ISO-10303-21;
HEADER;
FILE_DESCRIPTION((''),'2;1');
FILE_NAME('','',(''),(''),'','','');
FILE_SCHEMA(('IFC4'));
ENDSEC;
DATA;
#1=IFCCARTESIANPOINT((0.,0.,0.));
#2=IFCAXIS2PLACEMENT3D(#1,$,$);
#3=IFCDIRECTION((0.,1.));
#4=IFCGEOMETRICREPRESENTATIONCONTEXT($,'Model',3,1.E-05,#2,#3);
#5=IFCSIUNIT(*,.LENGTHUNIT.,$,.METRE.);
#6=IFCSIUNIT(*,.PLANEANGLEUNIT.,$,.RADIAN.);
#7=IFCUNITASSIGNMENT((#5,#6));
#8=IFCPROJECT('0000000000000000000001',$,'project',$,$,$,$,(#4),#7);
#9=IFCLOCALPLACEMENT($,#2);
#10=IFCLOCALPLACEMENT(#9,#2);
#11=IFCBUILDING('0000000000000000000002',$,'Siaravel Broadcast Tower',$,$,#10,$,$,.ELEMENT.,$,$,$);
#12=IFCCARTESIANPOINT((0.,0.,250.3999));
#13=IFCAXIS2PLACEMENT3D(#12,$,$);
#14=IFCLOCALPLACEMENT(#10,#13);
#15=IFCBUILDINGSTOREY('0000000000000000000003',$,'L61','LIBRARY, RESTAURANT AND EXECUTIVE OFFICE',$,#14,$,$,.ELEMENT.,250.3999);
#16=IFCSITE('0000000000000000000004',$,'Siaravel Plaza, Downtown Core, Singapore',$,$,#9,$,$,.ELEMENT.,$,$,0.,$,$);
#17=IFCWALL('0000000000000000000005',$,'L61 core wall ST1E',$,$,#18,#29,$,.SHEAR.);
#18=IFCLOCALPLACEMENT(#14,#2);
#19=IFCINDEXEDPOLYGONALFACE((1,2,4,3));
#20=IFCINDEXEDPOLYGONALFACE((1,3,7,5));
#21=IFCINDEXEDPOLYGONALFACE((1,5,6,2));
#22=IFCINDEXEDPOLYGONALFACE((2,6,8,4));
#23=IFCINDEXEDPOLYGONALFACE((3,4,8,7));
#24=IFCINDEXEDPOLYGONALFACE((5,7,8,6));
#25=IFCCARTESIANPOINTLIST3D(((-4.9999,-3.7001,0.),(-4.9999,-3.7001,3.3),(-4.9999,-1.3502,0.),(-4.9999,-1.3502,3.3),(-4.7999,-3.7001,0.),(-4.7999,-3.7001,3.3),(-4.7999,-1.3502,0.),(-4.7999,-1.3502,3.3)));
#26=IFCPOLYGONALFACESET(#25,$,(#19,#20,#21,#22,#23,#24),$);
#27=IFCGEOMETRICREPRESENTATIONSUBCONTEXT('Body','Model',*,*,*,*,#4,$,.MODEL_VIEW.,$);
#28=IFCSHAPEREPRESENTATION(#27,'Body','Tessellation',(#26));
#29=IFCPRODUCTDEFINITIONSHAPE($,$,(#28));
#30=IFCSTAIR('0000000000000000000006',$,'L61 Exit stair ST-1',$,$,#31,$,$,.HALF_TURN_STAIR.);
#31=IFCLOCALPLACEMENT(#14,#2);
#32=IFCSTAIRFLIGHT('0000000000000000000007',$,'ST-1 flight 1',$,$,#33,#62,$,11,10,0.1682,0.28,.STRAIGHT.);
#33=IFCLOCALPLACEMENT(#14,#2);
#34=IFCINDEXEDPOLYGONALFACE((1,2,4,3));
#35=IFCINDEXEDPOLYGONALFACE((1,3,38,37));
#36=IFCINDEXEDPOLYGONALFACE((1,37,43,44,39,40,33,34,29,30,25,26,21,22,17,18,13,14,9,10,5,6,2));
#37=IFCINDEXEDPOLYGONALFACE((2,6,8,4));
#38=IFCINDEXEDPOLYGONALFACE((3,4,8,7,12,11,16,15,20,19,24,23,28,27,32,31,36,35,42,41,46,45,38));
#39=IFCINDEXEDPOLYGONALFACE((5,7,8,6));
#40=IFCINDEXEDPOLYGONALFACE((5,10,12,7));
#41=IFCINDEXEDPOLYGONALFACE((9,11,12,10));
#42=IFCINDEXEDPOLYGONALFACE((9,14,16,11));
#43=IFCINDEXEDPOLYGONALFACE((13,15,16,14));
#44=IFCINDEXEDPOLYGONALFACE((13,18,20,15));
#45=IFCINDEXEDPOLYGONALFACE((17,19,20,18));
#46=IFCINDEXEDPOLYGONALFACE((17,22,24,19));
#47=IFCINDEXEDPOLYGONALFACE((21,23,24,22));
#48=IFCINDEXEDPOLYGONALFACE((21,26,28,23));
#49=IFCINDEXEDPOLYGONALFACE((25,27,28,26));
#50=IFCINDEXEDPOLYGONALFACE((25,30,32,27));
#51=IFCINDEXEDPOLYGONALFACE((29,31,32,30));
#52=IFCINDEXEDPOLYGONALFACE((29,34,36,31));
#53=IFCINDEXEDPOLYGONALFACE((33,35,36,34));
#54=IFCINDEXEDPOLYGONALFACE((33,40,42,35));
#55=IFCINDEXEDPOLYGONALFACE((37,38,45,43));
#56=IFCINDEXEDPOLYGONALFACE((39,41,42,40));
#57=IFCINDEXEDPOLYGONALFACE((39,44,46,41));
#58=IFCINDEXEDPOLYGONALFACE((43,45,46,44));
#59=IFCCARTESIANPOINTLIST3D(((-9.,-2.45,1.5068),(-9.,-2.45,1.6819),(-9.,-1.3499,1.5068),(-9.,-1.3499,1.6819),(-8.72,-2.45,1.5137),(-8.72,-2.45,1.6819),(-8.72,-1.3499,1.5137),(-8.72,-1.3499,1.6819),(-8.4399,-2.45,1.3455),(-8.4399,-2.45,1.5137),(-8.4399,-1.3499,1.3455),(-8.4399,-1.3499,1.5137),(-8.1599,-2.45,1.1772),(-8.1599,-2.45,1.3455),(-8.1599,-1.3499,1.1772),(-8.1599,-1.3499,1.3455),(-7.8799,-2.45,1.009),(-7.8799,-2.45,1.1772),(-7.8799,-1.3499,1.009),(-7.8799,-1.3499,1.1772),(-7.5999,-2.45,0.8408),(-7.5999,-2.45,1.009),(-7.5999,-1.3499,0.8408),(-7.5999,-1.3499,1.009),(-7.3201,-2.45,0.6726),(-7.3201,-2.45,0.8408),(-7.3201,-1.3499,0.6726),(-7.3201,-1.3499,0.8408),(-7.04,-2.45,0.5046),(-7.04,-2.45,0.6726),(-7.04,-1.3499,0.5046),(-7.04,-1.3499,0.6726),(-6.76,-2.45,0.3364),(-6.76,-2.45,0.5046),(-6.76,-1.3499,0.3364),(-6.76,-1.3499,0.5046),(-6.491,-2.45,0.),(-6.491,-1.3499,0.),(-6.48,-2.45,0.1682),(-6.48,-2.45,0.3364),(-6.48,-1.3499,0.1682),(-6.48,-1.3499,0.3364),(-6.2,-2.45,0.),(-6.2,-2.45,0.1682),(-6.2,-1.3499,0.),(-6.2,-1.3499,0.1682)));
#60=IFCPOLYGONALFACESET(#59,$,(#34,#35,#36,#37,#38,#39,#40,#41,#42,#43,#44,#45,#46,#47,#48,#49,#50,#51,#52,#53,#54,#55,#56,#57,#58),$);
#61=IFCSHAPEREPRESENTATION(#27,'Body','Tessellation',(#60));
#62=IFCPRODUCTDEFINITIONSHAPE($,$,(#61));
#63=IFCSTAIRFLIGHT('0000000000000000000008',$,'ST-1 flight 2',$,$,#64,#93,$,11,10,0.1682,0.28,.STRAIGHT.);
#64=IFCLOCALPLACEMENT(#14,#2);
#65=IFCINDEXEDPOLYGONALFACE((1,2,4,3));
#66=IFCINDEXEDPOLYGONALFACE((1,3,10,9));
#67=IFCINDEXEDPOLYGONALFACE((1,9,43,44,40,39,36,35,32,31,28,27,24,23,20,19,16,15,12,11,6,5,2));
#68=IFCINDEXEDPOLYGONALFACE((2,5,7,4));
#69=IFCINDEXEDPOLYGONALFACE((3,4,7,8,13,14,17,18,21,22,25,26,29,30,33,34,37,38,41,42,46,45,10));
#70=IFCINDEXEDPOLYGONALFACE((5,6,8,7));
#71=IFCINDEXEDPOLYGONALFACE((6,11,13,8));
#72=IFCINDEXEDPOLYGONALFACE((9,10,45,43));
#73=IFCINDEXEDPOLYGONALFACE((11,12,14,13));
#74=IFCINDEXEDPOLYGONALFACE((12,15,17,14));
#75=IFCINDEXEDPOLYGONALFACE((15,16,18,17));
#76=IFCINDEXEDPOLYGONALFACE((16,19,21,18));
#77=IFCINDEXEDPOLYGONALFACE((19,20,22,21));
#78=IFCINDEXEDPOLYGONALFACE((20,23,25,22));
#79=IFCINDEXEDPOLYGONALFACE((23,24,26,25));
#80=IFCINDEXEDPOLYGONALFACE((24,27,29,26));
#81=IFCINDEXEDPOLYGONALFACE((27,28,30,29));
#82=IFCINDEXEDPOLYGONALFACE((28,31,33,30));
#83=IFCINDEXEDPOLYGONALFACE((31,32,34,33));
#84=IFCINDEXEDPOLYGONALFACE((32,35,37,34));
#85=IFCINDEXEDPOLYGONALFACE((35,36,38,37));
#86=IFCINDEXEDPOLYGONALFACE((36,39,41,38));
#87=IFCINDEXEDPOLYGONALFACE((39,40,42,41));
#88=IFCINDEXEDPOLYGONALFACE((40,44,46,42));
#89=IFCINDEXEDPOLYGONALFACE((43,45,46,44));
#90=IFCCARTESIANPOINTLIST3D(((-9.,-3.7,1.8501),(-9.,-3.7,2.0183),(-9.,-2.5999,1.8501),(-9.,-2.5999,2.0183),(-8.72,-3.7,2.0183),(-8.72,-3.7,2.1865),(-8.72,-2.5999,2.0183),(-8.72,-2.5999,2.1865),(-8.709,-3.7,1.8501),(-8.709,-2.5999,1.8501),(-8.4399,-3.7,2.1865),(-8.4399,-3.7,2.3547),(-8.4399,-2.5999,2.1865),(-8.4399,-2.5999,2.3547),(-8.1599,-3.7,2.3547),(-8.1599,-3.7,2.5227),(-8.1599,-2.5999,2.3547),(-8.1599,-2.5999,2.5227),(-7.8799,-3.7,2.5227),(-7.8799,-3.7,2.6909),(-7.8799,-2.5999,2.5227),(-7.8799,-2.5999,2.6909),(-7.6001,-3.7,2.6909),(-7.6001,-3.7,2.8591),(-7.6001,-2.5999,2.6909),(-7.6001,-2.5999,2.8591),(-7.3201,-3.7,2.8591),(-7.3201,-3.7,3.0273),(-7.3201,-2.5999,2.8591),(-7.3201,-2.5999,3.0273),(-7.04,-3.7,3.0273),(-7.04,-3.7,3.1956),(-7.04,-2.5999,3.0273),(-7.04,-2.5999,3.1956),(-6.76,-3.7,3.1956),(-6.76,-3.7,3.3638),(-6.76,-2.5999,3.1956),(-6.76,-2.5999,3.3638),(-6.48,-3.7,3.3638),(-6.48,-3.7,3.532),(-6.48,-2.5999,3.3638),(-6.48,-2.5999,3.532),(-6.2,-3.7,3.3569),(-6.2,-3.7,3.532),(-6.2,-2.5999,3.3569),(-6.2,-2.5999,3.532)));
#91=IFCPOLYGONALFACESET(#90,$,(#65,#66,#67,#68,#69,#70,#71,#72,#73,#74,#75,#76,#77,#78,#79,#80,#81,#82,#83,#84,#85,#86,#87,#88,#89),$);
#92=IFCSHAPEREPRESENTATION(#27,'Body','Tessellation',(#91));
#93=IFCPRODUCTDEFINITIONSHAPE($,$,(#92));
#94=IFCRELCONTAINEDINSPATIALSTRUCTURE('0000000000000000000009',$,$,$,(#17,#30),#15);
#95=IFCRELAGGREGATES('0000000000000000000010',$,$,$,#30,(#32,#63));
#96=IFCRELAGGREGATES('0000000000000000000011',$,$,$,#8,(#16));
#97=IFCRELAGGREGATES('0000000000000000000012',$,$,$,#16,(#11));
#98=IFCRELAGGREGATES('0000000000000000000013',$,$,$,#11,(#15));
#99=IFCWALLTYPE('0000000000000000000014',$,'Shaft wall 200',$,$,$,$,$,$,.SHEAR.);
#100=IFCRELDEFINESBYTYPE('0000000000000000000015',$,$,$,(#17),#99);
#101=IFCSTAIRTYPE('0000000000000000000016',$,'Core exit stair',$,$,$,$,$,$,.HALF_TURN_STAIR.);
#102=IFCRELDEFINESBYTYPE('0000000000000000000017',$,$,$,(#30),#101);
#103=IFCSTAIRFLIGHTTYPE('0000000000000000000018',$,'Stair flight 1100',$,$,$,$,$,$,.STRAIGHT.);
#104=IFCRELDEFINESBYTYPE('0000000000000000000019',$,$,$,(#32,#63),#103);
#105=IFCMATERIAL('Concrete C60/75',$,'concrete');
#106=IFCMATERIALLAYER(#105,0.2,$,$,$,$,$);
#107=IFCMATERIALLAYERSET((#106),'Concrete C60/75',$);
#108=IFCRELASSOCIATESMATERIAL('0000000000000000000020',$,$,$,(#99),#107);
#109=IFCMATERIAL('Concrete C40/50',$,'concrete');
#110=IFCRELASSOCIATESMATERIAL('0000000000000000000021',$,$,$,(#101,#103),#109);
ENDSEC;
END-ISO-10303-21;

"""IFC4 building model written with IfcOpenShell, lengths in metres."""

from ifc_helpers import new_model, si_unit, direction, frame, frame_2d, origin, place, context, subcontext, project, spatial, polyline, rectangle, outline, extrude, material, layer, layer_set, type_object, element, aggregate, save


model = new_model("IFC4")

# Units and contexts
model_context = context("Model", 3, precision=1e-05, world=origin(), true_north=direction((0.0, 1.0)))
body_context = subcontext(model_context, "Body", "Model", "MODEL_VIEW")
ifc_project = project(units=[si_unit("LENGTHUNIT", "METRE"), si_unit("PLANEANGLEUNIT", "RADIAN")], contexts=[model_context])

# Site, building, storey
site_placement = place(None, origin())
site = spatial("IfcSite", under=ifc_project, at=site_placement, Name="Siaravel Plaza, Downtown Core, Singapore", CompositionType="ELEMENT", RefElevation=0.0)
building_placement = place(site_placement, origin())
building = spatial("IfcBuilding", under=site, at=building_placement, Name="Siaravel Broadcast Tower", CompositionType="ELEMENT")
storey_placement = place(building_placement, frame((0.0, 0.0, 250.3999)))
storey = spatial("IfcBuildingStorey", under=building, at=storey_placement, Name="L61", Description="LIBRARY, RESTAURANT AND EXECUTIVE OFFICE", CompositionType="ELEMENT", Elevation=250.3999)

# Shared definitions
ifc_material_1 = material(Name="Concrete C60/75", Category="concrete")

# Shared definitions
ifc_layer_1 = layer(ifc_material_1, 0.2)
ifc_layer_set_1 = layer_set([ifc_layer_1], Name="Concrete C60/75")
wall_type_1 = type_object("IfcWallType", Name="Shaft wall 200", PredefinedType="SHEAR", material=ifc_layer_set_1)

# Wall
wall_1_placement = place(storey_placement, frame((-4.8999, -3.7, 0.0), z_axis=(0.0, 0.0, 1.0), x_axis=(0.0, 1.0, 0.0)))
element("IfcWall", 1, at=wall_1_placement, inside=storey, type_object=wall_type_1, Name="L61 core wall ST1E", PredefinedType="SHEAR", context=body_context, shape_type="SweptSolid", body=[
    extrude(rectangle(XDim=2.3499, YDim=0.2, at=frame_2d((1.1748, 0.0))), origin(), (0.0, 0.0, 1.0), 3.3),
])

# Stair, stair flights
ifc_material_2 = material(Name="Concrete C40/50", Category="concrete")
stair_type = type_object("IfcStairType", Name="Core exit stair", PredefinedType="HALF_TURN_STAIR", material=ifc_material_2)
stair_placement = place(storey_placement, origin())
stair = element("IfcStair", 2, at=stair_placement, inside=storey, type_object=stair_type, Name="L61 Exit stair ST-1", PredefinedType="HALF_TURN_STAIR")
stair_flight_type = type_object("IfcStairFlightType", Name="Stair flight 1100", PredefinedType="STRAIGHT", material=ifc_material_2)
stair_flight_1_placement = place(storey_placement, frame((-6.2, -1.8999, 0.0), z_axis=(0.0, 0.0, 1.0), x_axis=(-1.0, 0.0, 0.0)))
stair_flight_1 = element("IfcStairFlight", 3, at=stair_flight_1_placement, type_object=stair_flight_type, Name="ST-1 flight 1", NumberOfRisers=11, NumberOfTreads=10, PredefinedType="STRAIGHT", RiserHeight=0.1682, TreadLength=0.28, context=body_context, shape_type="SweptSolid", body=[
    extrude(outline(polyline([(0.0, 0.0), (0.0, 0.1682), (0.28, 0.1682), (0.28, 0.3364), (0.5601, 0.3364), (0.5601, 0.5046), (0.8401, 0.5046), (0.8401, 0.6726), (1.1201, 0.6726), (1.1201, 0.8408), (1.3999, 0.8408), (1.3999, 1.009), (1.6799, 1.009), (1.6799, 1.1772), (1.96, 1.1772), (1.96, 1.3455), (2.24, 1.3455), (2.24, 1.5137), (2.52, 1.5137), (2.52, 1.6819), (2.8, 1.6819), (2.8, 1.8501), (2.8, 1.5068), (0.291, 0.0), (0.0, 0.0)])), frame((0.0, 0.55, 0.0), z_axis=(0.0, -1.0, 0.0), x_axis=(1.0, 0.0, 0.0)), (0.0, 0.0, 1.0), 1.1001),
])
stair_flight_2_placement = place(storey_placement, frame((-9.0, -3.1499, 1.8501), z_axis=(0.0, 0.0, 1.0), x_axis=(1.0, 0.0, 0.0)))
stair_flight_2 = element("IfcStairFlight", 4, at=stair_flight_2_placement, type_object=stair_flight_type, Name="ST-1 flight 2", NumberOfRisers=11, NumberOfTreads=10, PredefinedType="STRAIGHT", RiserHeight=0.1682, TreadLength=0.28, context=body_context, shape_type="SweptSolid", body=[
    extrude(outline(polyline([(0.0, 0.0), (0.0, 0.1682), (0.28, 0.1682), (0.28, 0.3364), (0.5601, 0.3364), (0.5601, 0.5046), (0.8401, 0.5046), (0.8401, 0.6726), (1.1201, 0.6726), (1.1201, 0.8408), (1.3999, 0.8408), (1.3999, 1.009), (1.6799, 1.009), (1.6799, 1.1772), (1.96, 1.1772), (1.96, 1.3455), (2.24, 1.3455), (2.24, 1.5137), (2.52, 1.5137), (2.52, 1.6819), (2.8, 1.6819), (2.8, 1.8501), (2.8, 1.5068), (0.291, 0.0), (0.0, 0.0)])), frame((0.0, 0.55, 0.0), z_axis=(0.0, -1.0, 0.0), x_axis=(1.0, 0.0, 0.0)), (0.0, 0.0, 1.0), 1.1001),
])
aggregate(stair, [stair_flight_1, stair_flight_2])

save(model, "model.ifc")
